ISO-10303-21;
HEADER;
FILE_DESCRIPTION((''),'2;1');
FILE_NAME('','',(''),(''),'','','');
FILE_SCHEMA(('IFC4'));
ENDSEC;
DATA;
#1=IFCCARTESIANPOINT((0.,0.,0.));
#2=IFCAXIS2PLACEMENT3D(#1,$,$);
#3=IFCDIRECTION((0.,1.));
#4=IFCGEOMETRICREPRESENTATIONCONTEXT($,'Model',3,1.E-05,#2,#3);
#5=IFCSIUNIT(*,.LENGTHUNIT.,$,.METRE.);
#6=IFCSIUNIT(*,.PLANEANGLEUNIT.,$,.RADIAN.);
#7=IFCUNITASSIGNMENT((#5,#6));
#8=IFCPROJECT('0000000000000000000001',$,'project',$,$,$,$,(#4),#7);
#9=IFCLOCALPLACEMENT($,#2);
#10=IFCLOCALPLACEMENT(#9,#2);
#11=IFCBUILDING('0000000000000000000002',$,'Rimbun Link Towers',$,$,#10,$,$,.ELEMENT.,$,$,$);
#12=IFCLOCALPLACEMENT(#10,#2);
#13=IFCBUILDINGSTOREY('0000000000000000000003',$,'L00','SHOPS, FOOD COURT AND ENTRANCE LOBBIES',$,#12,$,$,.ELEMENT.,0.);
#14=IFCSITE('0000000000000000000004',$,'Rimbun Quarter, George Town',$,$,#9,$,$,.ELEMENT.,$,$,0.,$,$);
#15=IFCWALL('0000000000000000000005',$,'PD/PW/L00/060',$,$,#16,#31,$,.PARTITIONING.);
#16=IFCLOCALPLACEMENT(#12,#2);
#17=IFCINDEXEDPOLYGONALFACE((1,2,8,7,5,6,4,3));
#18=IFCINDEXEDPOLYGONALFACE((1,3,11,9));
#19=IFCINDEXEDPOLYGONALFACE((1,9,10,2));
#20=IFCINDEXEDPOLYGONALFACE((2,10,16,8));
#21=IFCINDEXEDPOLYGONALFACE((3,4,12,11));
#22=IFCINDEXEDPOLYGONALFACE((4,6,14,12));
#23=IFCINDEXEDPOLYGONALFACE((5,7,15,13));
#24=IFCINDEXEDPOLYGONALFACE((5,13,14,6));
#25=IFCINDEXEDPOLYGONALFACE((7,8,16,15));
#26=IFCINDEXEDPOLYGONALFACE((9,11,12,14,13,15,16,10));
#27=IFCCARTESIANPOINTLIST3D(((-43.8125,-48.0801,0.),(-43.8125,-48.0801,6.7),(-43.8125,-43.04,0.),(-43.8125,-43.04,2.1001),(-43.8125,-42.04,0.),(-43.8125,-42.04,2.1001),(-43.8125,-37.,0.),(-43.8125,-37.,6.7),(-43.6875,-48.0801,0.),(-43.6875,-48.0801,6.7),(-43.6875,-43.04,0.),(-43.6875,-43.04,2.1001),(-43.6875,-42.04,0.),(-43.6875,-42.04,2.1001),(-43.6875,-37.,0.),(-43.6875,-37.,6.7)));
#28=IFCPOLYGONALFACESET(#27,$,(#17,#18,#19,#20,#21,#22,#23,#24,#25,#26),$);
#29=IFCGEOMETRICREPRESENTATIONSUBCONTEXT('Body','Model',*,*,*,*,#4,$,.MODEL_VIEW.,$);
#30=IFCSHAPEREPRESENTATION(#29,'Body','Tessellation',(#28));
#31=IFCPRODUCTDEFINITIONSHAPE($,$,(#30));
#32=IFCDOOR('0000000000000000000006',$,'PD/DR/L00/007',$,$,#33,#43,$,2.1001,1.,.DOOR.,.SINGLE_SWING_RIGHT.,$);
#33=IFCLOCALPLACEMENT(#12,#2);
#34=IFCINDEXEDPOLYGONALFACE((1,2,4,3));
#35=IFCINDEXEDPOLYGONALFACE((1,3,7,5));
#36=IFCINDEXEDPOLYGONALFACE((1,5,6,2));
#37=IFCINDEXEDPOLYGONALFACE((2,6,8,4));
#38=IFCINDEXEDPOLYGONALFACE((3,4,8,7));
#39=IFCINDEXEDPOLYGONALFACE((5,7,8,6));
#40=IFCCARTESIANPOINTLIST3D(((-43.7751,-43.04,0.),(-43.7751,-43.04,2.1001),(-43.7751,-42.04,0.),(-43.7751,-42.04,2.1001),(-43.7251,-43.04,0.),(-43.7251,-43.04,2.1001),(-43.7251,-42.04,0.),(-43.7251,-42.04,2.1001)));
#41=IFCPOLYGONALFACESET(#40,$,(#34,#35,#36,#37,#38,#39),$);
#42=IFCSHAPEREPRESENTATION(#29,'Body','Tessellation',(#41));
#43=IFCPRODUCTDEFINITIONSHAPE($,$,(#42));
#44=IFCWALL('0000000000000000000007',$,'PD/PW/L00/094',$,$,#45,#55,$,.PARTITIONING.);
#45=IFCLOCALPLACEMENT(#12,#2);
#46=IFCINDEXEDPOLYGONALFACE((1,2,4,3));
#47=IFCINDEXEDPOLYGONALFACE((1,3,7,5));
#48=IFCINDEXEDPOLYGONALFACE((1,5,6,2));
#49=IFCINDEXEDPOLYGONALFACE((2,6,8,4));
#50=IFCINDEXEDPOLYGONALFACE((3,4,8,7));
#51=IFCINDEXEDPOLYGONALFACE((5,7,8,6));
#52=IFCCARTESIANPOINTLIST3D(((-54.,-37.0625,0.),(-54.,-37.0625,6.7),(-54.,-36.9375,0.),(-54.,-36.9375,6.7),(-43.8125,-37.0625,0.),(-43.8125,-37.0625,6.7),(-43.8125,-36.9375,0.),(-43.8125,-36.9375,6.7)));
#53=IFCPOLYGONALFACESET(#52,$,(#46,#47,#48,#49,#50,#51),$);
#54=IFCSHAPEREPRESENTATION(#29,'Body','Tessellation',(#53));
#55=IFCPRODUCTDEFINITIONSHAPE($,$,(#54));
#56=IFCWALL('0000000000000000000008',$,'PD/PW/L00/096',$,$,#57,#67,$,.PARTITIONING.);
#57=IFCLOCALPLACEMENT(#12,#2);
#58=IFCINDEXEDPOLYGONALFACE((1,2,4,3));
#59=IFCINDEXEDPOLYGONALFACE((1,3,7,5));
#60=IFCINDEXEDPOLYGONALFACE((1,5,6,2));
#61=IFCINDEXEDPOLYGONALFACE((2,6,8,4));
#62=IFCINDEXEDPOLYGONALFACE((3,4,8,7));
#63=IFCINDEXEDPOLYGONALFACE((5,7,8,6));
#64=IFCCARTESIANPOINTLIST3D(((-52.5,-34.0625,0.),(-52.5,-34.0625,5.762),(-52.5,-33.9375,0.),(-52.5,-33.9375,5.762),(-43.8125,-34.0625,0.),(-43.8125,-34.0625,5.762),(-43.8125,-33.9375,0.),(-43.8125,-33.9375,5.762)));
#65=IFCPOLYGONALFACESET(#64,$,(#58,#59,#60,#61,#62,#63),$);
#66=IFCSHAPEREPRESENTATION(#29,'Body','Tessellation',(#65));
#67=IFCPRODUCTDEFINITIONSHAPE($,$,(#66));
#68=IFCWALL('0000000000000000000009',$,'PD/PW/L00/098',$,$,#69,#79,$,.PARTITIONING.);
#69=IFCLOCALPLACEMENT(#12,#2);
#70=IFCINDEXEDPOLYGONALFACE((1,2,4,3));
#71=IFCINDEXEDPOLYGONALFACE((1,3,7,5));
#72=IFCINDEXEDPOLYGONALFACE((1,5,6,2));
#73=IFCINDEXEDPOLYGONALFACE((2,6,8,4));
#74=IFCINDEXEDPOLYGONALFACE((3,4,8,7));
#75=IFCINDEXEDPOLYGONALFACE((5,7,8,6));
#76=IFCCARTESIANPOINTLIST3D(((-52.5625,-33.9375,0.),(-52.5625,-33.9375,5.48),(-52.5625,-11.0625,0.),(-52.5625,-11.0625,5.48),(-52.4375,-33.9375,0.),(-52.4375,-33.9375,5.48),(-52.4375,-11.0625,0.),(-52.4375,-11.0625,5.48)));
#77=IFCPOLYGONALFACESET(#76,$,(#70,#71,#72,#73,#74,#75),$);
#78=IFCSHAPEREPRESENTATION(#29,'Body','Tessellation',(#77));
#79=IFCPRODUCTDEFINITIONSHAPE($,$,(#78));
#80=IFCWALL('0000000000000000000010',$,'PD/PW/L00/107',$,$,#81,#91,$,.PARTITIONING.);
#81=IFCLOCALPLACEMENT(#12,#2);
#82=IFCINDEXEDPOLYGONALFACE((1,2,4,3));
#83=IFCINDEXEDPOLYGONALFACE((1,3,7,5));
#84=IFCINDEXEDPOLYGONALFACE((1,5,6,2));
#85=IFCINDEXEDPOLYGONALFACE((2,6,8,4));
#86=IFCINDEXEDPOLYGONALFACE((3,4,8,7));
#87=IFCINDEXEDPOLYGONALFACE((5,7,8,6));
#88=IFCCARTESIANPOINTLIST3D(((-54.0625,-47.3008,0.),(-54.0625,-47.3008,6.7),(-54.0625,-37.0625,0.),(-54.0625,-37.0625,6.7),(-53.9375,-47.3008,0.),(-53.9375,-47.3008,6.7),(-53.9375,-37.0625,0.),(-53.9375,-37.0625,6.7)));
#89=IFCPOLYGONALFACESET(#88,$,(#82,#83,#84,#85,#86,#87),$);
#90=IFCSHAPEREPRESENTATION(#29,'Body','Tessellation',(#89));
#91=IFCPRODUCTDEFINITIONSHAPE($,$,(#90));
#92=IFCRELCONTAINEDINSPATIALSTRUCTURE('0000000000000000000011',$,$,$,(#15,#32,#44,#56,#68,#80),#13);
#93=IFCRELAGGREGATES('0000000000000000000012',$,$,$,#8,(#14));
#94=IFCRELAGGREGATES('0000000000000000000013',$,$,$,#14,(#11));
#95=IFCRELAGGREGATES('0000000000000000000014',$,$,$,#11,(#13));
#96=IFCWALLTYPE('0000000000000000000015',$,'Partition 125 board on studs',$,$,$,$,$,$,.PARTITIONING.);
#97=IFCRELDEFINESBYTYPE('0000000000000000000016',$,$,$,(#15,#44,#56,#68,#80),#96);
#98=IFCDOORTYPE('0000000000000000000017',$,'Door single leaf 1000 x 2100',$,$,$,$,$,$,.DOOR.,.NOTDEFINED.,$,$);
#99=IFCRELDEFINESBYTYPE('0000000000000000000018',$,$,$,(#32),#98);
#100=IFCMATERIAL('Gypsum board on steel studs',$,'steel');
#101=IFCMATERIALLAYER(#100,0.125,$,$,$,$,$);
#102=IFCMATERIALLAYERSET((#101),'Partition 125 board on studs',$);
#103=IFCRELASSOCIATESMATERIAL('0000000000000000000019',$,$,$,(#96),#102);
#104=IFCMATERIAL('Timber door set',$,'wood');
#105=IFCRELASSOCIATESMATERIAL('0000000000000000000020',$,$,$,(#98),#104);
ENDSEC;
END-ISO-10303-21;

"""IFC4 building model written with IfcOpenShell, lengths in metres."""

from ifc_helpers import new_model, si_unit, direction, frame, frame_2d, origin, place, context, subcontext, project, spatial, rectangle, extrude, material, layer, layer_set, type_object, element, fill, save


model = new_model("IFC4")

# Units and contexts
model_context = context("Model", 3, precision=1e-05, world=origin(), true_north=direction((0.0, 1.0)))
body_context = subcontext(model_context, "Body", "Model", "MODEL_VIEW")
ifc_project = project(units=[si_unit("LENGTHUNIT", "METRE"), si_unit("PLANEANGLEUNIT", "RADIAN")], contexts=[model_context])

# Site, building, storey
site_placement = place(None, origin())
site = spatial("IfcSite", under=ifc_project, at=site_placement, Name="Rimbun Quarter, George Town", CompositionType="ELEMENT", RefElevation=0.0)
building_placement = place(site_placement, origin())
building = spatial("IfcBuilding", under=site, at=building_placement, Name="Rimbun Link Towers", CompositionType="ELEMENT")
storey_placement = place(building_placement, origin())
storey = spatial("IfcBuildingStorey", under=building, at=storey_placement, Name="L00", Description="SHOPS, FOOD COURT AND ENTRANCE LOBBIES", CompositionType="ELEMENT", Elevation=0.0)

# Wall, opening, door
ifc_material_1 = material(Name="Gypsum board on steel studs", Category="steel")
ifc_layer_1 = layer(ifc_material_1, 0.125)
ifc_layer_set_1 = layer_set([ifc_layer_1], Name="Partition 125 board on studs")
wall_type_1 = type_object("IfcWallType", Name="Partition 125 board on studs", PredefinedType="PARTITIONING", material=ifc_layer_set_1)
wall_1_placement = place(storey_placement, frame((-43.75, -37.0, 0.0), z_axis=(0.0, 0.0, 1.0), x_axis=(0.0, -1.0, 0.0)))
wall_1 = element("IfcWall", 1, at=wall_1_placement, inside=storey, type_object=wall_type_1, Name="PD/PW/L00/060", PredefinedType="PARTITIONING", context=body_context, shape_type="SweptSolid", body=[
    extrude(rectangle(XDim=11.0801, YDim=0.125, at=frame_2d((5.54, 0.0))), origin(), (0.0, 0.0, 1.0), 6.7),
])
opening_1_placement = place(wall_1_placement, frame((5.04, 0.0, 0.0)))
opening_1 = element("IfcOpeningElement", 2, at=opening_1_placement, cuts=wall_1, PredefinedType="OPENING", context=body_context, shape_type="SweptSolid", body=[
    extrude(rectangle(XDim=1.0, YDim=2.1001, at=frame_2d((0.5, 1.05))), frame((0.0, 0.0725, 0.0), z_axis=(0.0, -1.0, 0.0), x_axis=(1.0, 0.0, 0.0)), (0.0, 0.0, 1.0), 0.145),
])
ifc_material_2 = material(Name="Timber door set", Category="wood")
door_type_1 = type_object("IfcDoorType", Name="Door single leaf 1000 x 2100", OperationType="NOTDEFINED", PredefinedType="DOOR", material=ifc_material_2)
door_1_placement = place(opening_1_placement, origin())
door_1 = element("IfcDoor", 3, at=door_1_placement, inside=storey, type_object=door_type_1, Name="PD/DR/L00/007", OperationType="SINGLE_SWING_RIGHT", OverallHeight=2.1001, OverallWidth=1.0, PredefinedType="DOOR", context=body_context, shape_type="SweptSolid", body=[
    extrude(rectangle(XDim=1.0, YDim=2.1001, at=frame_2d((0.5, 1.05))), frame((0.0, 0.0249, 0.0), z_axis=(0.0, -1.0, 0.0), x_axis=(1.0, 0.0, 0.0)), (0.0, 0.0, 1.0), 0.05),
])
fill(opening_1, door_1)

# Walls
wall_2_placement = place(storey_placement, frame((-54.0, -37.0, 0.0), z_axis=(0.0, 0.0, 1.0), x_axis=(1.0, 0.0, 0.0)))
element("IfcWall", 4, at=wall_2_placement, inside=storey, type_object=wall_type_1, Name="PD/PW/L00/094", PredefinedType="PARTITIONING", context=body_context, shape_type="SweptSolid", body=[
    extrude(rectangle(XDim=10.1875, YDim=0.125, at=frame_2d((5.0938, 0.0))), origin(), (0.0, 0.0, 1.0), 6.7),
])
wall_3_placement = place(storey_placement, frame((-43.8125, -34.0, 0.0), z_axis=(0.0, 0.0, 1.0), x_axis=(-1.0, 0.0, 0.0)))
element("IfcWall", 5, at=wall_3_placement, inside=storey, type_object=wall_type_1, Name="PD/PW/L00/096", PredefinedType="PARTITIONING", context=body_context, shape_type="SweptSolid", body=[
    extrude(rectangle(XDim=8.6875, YDim=0.125, at=frame_2d((4.3438, 0.0))), origin(), (0.0, 0.0, 1.0), 5.762),
])
wall_4_placement = place(storey_placement, frame((-52.5, -33.9375, 0.0), z_axis=(0.0, 0.0, 1.0), x_axis=(0.0, 1.0, 0.0)))
element("IfcWall", 6, at=wall_4_placement, inside=storey, type_object=wall_type_1, Name="PD/PW/L00/098", PredefinedType="PARTITIONING", context=body_context, shape_type="SweptSolid", body=[
    extrude(rectangle(XDim=22.875, YDim=0.125, at=frame_2d((11.4375, 0.0))), origin(), (0.0, 0.0, 1.0), 5.48),
])
wall_5_placement = place(storey_placement, frame((-54.0, -47.3008, 0.0), z_axis=(0.0, 0.0, 1.0), x_axis=(0.0, 1.0, 0.0)))
element("IfcWall", 7, at=wall_5_placement, inside=storey, type_object=wall_type_1, Name="PD/PW/L00/107", PredefinedType="PARTITIONING", context=body_context, shape_type="SweptSolid", body=[
    extrude(rectangle(XDim=10.2383, YDim=0.125, at=frame_2d((5.1191, 0.0))), origin(), (0.0, 0.0, 1.0), 6.7),
])

save(model, "model.ifc")
